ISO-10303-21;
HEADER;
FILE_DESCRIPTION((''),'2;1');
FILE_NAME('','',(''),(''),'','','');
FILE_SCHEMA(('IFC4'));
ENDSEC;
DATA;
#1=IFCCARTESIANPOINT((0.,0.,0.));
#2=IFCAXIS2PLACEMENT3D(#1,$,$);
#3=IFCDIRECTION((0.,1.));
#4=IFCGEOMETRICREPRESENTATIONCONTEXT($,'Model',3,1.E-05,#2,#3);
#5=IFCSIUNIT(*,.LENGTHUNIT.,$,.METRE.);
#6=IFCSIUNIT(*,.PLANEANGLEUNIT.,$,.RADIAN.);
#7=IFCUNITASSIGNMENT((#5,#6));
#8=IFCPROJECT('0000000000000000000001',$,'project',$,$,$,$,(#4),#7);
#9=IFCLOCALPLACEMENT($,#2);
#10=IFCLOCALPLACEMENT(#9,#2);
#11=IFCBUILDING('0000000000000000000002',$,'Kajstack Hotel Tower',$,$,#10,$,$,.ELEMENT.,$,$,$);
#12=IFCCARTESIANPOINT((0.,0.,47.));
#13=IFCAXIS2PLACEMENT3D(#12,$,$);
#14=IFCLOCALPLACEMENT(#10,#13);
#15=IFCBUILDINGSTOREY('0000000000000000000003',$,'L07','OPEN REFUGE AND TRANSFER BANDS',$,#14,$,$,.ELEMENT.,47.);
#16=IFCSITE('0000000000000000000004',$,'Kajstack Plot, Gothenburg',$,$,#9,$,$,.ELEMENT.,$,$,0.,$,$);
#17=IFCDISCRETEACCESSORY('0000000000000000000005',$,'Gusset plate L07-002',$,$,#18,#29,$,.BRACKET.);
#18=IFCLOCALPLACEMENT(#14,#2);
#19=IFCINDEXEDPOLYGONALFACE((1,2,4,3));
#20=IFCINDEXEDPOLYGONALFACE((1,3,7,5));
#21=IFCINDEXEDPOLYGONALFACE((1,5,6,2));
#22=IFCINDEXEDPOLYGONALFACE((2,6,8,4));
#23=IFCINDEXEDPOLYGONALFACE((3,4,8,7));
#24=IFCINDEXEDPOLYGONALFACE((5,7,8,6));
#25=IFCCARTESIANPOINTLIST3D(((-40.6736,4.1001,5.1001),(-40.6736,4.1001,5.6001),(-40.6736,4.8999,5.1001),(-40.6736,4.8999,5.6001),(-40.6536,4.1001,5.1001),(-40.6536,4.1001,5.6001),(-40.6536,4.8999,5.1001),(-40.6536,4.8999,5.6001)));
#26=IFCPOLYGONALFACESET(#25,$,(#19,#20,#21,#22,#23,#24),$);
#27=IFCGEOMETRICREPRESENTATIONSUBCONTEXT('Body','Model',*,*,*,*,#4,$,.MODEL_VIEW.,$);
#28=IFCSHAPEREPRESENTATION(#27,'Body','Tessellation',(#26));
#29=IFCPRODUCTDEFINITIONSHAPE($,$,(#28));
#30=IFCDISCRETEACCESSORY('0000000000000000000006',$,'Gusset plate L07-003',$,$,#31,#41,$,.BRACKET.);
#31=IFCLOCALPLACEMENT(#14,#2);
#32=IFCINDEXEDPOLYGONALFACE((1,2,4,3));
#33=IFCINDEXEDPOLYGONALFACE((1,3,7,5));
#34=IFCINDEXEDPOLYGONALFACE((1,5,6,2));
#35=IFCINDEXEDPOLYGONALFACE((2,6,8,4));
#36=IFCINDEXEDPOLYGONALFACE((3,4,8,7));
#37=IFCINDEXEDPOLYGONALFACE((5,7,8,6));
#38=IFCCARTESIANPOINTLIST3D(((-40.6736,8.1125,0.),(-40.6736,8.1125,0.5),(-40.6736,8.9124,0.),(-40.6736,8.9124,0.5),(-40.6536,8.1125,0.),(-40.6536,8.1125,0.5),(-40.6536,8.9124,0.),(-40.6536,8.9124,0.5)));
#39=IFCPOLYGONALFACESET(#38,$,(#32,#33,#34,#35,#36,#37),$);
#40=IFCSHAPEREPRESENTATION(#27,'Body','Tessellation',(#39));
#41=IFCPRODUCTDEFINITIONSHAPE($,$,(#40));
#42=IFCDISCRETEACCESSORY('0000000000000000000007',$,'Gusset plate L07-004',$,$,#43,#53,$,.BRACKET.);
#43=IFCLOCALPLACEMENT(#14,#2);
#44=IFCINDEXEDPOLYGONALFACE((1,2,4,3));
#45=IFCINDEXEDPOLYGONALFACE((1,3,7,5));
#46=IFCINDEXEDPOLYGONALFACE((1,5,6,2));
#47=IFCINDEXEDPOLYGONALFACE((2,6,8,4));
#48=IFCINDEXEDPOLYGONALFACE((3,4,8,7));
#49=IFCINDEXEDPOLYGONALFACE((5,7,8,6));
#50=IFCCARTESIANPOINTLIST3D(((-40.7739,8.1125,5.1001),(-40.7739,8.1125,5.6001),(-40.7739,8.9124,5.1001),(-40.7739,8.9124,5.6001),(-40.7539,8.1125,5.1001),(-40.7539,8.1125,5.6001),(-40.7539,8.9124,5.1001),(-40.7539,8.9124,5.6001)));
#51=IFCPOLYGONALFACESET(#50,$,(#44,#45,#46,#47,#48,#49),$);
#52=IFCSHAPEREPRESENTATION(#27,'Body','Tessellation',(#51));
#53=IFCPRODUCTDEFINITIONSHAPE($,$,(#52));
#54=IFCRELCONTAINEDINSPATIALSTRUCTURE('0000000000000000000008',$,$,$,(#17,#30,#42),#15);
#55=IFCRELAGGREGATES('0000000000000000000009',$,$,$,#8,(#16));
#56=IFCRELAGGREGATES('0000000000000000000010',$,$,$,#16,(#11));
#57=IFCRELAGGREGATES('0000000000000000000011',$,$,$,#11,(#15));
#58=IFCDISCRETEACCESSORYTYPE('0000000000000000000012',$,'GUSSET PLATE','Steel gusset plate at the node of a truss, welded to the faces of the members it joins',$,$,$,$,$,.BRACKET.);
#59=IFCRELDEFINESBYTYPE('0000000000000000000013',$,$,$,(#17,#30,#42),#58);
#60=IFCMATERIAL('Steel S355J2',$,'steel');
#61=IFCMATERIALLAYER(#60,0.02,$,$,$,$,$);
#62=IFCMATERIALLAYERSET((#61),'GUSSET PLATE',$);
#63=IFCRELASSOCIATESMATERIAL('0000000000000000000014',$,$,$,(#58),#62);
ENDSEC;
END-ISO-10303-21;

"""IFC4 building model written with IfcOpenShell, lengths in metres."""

from ifc_helpers import new_model, si_unit, direction, frame, origin, place, context, subcontext, project, spatial, polyline, outline, extrude, material, layer, layer_set, type_object, element, save


model = new_model("IFC4")

# Units and contexts
model_context = context("Model", 3, precision=1e-05, world=origin(), true_north=direction((0.0, 1.0)))
body_context = subcontext(model_context, "Body", "Model", "MODEL_VIEW")
ifc_project = project(units=[si_unit("LENGTHUNIT", "METRE"), si_unit("PLANEANGLEUNIT", "RADIAN")], contexts=[model_context])

# Site, building, storey
site_placement = place(None, origin())
site = spatial("IfcSite", under=ifc_project, at=site_placement, Name="Kajstack Plot, Gothenburg", CompositionType="ELEMENT", RefElevation=0.0)
building_placement = place(site_placement, origin())
building = spatial("IfcBuilding", under=site, at=building_placement, Name="Kajstack Hotel Tower", CompositionType="ELEMENT")
storey_placement = place(building_placement, frame((0.0, 0.0, 47.0)))
storey = spatial("IfcBuildingStorey", under=building, at=storey_placement, Name="L07", Description="OPEN REFUGE AND TRANSFER BANDS", CompositionType="ELEMENT", Elevation=47.0)

# Shared definitions
ifc_material_1 = material(Name="Steel S355J2", Category="steel")

# Discrete accessories
ifc_layer_1 = layer(ifc_material_1, 0.02)
ifc_layer_set_1 = layer_set([ifc_layer_1], Name="GUSSET PLATE")
discrete_accessory_type = type_object("IfcDiscreteAccessoryType", Name="GUSSET PLATE", Description="Steel gusset plate at the node of a truss, welded to the faces of the members it joins", PredefinedType="BRACKET", material=ifc_layer_set_1)
for number, where, z_axis, x_axis, name in (
    (1, (-40.6736, 4.5, 5.1001), (1.0, 0.0, 0.0), (0.0, 1.0, 0.0), "Gusset plate L07-002"),
    (2, (-40.6736, 8.5125, 0.0), (1.0, 0.0, 0.0), (0.0, 1.0, 0.0), "Gusset plate L07-003"),
    (3, (-40.7739, 8.5125, 5.1001), (1.0, 0.0, 0.0), (0.0, 1.0, 0.0), "Gusset plate L07-004"),
):
    element("IfcDiscreteAccessory", number, at=place(storey_placement, frame(where, z_axis=z_axis, x_axis=x_axis)), inside=storey, type_object=discrete_accessory_type, Name=name, PredefinedType="BRACKET", context=body_context, shape_type="SweptSolid", body=[
        extrude(outline(polyline([(-0.3999, 0.0), (0.3999, 0.0), (0.3999, 0.5), (-0.3999, 0.5), (-0.3999, 0.0)])), origin(), (0.0, 0.0, 1.0), 0.02),
    ])

save(model, "model.ifc")
